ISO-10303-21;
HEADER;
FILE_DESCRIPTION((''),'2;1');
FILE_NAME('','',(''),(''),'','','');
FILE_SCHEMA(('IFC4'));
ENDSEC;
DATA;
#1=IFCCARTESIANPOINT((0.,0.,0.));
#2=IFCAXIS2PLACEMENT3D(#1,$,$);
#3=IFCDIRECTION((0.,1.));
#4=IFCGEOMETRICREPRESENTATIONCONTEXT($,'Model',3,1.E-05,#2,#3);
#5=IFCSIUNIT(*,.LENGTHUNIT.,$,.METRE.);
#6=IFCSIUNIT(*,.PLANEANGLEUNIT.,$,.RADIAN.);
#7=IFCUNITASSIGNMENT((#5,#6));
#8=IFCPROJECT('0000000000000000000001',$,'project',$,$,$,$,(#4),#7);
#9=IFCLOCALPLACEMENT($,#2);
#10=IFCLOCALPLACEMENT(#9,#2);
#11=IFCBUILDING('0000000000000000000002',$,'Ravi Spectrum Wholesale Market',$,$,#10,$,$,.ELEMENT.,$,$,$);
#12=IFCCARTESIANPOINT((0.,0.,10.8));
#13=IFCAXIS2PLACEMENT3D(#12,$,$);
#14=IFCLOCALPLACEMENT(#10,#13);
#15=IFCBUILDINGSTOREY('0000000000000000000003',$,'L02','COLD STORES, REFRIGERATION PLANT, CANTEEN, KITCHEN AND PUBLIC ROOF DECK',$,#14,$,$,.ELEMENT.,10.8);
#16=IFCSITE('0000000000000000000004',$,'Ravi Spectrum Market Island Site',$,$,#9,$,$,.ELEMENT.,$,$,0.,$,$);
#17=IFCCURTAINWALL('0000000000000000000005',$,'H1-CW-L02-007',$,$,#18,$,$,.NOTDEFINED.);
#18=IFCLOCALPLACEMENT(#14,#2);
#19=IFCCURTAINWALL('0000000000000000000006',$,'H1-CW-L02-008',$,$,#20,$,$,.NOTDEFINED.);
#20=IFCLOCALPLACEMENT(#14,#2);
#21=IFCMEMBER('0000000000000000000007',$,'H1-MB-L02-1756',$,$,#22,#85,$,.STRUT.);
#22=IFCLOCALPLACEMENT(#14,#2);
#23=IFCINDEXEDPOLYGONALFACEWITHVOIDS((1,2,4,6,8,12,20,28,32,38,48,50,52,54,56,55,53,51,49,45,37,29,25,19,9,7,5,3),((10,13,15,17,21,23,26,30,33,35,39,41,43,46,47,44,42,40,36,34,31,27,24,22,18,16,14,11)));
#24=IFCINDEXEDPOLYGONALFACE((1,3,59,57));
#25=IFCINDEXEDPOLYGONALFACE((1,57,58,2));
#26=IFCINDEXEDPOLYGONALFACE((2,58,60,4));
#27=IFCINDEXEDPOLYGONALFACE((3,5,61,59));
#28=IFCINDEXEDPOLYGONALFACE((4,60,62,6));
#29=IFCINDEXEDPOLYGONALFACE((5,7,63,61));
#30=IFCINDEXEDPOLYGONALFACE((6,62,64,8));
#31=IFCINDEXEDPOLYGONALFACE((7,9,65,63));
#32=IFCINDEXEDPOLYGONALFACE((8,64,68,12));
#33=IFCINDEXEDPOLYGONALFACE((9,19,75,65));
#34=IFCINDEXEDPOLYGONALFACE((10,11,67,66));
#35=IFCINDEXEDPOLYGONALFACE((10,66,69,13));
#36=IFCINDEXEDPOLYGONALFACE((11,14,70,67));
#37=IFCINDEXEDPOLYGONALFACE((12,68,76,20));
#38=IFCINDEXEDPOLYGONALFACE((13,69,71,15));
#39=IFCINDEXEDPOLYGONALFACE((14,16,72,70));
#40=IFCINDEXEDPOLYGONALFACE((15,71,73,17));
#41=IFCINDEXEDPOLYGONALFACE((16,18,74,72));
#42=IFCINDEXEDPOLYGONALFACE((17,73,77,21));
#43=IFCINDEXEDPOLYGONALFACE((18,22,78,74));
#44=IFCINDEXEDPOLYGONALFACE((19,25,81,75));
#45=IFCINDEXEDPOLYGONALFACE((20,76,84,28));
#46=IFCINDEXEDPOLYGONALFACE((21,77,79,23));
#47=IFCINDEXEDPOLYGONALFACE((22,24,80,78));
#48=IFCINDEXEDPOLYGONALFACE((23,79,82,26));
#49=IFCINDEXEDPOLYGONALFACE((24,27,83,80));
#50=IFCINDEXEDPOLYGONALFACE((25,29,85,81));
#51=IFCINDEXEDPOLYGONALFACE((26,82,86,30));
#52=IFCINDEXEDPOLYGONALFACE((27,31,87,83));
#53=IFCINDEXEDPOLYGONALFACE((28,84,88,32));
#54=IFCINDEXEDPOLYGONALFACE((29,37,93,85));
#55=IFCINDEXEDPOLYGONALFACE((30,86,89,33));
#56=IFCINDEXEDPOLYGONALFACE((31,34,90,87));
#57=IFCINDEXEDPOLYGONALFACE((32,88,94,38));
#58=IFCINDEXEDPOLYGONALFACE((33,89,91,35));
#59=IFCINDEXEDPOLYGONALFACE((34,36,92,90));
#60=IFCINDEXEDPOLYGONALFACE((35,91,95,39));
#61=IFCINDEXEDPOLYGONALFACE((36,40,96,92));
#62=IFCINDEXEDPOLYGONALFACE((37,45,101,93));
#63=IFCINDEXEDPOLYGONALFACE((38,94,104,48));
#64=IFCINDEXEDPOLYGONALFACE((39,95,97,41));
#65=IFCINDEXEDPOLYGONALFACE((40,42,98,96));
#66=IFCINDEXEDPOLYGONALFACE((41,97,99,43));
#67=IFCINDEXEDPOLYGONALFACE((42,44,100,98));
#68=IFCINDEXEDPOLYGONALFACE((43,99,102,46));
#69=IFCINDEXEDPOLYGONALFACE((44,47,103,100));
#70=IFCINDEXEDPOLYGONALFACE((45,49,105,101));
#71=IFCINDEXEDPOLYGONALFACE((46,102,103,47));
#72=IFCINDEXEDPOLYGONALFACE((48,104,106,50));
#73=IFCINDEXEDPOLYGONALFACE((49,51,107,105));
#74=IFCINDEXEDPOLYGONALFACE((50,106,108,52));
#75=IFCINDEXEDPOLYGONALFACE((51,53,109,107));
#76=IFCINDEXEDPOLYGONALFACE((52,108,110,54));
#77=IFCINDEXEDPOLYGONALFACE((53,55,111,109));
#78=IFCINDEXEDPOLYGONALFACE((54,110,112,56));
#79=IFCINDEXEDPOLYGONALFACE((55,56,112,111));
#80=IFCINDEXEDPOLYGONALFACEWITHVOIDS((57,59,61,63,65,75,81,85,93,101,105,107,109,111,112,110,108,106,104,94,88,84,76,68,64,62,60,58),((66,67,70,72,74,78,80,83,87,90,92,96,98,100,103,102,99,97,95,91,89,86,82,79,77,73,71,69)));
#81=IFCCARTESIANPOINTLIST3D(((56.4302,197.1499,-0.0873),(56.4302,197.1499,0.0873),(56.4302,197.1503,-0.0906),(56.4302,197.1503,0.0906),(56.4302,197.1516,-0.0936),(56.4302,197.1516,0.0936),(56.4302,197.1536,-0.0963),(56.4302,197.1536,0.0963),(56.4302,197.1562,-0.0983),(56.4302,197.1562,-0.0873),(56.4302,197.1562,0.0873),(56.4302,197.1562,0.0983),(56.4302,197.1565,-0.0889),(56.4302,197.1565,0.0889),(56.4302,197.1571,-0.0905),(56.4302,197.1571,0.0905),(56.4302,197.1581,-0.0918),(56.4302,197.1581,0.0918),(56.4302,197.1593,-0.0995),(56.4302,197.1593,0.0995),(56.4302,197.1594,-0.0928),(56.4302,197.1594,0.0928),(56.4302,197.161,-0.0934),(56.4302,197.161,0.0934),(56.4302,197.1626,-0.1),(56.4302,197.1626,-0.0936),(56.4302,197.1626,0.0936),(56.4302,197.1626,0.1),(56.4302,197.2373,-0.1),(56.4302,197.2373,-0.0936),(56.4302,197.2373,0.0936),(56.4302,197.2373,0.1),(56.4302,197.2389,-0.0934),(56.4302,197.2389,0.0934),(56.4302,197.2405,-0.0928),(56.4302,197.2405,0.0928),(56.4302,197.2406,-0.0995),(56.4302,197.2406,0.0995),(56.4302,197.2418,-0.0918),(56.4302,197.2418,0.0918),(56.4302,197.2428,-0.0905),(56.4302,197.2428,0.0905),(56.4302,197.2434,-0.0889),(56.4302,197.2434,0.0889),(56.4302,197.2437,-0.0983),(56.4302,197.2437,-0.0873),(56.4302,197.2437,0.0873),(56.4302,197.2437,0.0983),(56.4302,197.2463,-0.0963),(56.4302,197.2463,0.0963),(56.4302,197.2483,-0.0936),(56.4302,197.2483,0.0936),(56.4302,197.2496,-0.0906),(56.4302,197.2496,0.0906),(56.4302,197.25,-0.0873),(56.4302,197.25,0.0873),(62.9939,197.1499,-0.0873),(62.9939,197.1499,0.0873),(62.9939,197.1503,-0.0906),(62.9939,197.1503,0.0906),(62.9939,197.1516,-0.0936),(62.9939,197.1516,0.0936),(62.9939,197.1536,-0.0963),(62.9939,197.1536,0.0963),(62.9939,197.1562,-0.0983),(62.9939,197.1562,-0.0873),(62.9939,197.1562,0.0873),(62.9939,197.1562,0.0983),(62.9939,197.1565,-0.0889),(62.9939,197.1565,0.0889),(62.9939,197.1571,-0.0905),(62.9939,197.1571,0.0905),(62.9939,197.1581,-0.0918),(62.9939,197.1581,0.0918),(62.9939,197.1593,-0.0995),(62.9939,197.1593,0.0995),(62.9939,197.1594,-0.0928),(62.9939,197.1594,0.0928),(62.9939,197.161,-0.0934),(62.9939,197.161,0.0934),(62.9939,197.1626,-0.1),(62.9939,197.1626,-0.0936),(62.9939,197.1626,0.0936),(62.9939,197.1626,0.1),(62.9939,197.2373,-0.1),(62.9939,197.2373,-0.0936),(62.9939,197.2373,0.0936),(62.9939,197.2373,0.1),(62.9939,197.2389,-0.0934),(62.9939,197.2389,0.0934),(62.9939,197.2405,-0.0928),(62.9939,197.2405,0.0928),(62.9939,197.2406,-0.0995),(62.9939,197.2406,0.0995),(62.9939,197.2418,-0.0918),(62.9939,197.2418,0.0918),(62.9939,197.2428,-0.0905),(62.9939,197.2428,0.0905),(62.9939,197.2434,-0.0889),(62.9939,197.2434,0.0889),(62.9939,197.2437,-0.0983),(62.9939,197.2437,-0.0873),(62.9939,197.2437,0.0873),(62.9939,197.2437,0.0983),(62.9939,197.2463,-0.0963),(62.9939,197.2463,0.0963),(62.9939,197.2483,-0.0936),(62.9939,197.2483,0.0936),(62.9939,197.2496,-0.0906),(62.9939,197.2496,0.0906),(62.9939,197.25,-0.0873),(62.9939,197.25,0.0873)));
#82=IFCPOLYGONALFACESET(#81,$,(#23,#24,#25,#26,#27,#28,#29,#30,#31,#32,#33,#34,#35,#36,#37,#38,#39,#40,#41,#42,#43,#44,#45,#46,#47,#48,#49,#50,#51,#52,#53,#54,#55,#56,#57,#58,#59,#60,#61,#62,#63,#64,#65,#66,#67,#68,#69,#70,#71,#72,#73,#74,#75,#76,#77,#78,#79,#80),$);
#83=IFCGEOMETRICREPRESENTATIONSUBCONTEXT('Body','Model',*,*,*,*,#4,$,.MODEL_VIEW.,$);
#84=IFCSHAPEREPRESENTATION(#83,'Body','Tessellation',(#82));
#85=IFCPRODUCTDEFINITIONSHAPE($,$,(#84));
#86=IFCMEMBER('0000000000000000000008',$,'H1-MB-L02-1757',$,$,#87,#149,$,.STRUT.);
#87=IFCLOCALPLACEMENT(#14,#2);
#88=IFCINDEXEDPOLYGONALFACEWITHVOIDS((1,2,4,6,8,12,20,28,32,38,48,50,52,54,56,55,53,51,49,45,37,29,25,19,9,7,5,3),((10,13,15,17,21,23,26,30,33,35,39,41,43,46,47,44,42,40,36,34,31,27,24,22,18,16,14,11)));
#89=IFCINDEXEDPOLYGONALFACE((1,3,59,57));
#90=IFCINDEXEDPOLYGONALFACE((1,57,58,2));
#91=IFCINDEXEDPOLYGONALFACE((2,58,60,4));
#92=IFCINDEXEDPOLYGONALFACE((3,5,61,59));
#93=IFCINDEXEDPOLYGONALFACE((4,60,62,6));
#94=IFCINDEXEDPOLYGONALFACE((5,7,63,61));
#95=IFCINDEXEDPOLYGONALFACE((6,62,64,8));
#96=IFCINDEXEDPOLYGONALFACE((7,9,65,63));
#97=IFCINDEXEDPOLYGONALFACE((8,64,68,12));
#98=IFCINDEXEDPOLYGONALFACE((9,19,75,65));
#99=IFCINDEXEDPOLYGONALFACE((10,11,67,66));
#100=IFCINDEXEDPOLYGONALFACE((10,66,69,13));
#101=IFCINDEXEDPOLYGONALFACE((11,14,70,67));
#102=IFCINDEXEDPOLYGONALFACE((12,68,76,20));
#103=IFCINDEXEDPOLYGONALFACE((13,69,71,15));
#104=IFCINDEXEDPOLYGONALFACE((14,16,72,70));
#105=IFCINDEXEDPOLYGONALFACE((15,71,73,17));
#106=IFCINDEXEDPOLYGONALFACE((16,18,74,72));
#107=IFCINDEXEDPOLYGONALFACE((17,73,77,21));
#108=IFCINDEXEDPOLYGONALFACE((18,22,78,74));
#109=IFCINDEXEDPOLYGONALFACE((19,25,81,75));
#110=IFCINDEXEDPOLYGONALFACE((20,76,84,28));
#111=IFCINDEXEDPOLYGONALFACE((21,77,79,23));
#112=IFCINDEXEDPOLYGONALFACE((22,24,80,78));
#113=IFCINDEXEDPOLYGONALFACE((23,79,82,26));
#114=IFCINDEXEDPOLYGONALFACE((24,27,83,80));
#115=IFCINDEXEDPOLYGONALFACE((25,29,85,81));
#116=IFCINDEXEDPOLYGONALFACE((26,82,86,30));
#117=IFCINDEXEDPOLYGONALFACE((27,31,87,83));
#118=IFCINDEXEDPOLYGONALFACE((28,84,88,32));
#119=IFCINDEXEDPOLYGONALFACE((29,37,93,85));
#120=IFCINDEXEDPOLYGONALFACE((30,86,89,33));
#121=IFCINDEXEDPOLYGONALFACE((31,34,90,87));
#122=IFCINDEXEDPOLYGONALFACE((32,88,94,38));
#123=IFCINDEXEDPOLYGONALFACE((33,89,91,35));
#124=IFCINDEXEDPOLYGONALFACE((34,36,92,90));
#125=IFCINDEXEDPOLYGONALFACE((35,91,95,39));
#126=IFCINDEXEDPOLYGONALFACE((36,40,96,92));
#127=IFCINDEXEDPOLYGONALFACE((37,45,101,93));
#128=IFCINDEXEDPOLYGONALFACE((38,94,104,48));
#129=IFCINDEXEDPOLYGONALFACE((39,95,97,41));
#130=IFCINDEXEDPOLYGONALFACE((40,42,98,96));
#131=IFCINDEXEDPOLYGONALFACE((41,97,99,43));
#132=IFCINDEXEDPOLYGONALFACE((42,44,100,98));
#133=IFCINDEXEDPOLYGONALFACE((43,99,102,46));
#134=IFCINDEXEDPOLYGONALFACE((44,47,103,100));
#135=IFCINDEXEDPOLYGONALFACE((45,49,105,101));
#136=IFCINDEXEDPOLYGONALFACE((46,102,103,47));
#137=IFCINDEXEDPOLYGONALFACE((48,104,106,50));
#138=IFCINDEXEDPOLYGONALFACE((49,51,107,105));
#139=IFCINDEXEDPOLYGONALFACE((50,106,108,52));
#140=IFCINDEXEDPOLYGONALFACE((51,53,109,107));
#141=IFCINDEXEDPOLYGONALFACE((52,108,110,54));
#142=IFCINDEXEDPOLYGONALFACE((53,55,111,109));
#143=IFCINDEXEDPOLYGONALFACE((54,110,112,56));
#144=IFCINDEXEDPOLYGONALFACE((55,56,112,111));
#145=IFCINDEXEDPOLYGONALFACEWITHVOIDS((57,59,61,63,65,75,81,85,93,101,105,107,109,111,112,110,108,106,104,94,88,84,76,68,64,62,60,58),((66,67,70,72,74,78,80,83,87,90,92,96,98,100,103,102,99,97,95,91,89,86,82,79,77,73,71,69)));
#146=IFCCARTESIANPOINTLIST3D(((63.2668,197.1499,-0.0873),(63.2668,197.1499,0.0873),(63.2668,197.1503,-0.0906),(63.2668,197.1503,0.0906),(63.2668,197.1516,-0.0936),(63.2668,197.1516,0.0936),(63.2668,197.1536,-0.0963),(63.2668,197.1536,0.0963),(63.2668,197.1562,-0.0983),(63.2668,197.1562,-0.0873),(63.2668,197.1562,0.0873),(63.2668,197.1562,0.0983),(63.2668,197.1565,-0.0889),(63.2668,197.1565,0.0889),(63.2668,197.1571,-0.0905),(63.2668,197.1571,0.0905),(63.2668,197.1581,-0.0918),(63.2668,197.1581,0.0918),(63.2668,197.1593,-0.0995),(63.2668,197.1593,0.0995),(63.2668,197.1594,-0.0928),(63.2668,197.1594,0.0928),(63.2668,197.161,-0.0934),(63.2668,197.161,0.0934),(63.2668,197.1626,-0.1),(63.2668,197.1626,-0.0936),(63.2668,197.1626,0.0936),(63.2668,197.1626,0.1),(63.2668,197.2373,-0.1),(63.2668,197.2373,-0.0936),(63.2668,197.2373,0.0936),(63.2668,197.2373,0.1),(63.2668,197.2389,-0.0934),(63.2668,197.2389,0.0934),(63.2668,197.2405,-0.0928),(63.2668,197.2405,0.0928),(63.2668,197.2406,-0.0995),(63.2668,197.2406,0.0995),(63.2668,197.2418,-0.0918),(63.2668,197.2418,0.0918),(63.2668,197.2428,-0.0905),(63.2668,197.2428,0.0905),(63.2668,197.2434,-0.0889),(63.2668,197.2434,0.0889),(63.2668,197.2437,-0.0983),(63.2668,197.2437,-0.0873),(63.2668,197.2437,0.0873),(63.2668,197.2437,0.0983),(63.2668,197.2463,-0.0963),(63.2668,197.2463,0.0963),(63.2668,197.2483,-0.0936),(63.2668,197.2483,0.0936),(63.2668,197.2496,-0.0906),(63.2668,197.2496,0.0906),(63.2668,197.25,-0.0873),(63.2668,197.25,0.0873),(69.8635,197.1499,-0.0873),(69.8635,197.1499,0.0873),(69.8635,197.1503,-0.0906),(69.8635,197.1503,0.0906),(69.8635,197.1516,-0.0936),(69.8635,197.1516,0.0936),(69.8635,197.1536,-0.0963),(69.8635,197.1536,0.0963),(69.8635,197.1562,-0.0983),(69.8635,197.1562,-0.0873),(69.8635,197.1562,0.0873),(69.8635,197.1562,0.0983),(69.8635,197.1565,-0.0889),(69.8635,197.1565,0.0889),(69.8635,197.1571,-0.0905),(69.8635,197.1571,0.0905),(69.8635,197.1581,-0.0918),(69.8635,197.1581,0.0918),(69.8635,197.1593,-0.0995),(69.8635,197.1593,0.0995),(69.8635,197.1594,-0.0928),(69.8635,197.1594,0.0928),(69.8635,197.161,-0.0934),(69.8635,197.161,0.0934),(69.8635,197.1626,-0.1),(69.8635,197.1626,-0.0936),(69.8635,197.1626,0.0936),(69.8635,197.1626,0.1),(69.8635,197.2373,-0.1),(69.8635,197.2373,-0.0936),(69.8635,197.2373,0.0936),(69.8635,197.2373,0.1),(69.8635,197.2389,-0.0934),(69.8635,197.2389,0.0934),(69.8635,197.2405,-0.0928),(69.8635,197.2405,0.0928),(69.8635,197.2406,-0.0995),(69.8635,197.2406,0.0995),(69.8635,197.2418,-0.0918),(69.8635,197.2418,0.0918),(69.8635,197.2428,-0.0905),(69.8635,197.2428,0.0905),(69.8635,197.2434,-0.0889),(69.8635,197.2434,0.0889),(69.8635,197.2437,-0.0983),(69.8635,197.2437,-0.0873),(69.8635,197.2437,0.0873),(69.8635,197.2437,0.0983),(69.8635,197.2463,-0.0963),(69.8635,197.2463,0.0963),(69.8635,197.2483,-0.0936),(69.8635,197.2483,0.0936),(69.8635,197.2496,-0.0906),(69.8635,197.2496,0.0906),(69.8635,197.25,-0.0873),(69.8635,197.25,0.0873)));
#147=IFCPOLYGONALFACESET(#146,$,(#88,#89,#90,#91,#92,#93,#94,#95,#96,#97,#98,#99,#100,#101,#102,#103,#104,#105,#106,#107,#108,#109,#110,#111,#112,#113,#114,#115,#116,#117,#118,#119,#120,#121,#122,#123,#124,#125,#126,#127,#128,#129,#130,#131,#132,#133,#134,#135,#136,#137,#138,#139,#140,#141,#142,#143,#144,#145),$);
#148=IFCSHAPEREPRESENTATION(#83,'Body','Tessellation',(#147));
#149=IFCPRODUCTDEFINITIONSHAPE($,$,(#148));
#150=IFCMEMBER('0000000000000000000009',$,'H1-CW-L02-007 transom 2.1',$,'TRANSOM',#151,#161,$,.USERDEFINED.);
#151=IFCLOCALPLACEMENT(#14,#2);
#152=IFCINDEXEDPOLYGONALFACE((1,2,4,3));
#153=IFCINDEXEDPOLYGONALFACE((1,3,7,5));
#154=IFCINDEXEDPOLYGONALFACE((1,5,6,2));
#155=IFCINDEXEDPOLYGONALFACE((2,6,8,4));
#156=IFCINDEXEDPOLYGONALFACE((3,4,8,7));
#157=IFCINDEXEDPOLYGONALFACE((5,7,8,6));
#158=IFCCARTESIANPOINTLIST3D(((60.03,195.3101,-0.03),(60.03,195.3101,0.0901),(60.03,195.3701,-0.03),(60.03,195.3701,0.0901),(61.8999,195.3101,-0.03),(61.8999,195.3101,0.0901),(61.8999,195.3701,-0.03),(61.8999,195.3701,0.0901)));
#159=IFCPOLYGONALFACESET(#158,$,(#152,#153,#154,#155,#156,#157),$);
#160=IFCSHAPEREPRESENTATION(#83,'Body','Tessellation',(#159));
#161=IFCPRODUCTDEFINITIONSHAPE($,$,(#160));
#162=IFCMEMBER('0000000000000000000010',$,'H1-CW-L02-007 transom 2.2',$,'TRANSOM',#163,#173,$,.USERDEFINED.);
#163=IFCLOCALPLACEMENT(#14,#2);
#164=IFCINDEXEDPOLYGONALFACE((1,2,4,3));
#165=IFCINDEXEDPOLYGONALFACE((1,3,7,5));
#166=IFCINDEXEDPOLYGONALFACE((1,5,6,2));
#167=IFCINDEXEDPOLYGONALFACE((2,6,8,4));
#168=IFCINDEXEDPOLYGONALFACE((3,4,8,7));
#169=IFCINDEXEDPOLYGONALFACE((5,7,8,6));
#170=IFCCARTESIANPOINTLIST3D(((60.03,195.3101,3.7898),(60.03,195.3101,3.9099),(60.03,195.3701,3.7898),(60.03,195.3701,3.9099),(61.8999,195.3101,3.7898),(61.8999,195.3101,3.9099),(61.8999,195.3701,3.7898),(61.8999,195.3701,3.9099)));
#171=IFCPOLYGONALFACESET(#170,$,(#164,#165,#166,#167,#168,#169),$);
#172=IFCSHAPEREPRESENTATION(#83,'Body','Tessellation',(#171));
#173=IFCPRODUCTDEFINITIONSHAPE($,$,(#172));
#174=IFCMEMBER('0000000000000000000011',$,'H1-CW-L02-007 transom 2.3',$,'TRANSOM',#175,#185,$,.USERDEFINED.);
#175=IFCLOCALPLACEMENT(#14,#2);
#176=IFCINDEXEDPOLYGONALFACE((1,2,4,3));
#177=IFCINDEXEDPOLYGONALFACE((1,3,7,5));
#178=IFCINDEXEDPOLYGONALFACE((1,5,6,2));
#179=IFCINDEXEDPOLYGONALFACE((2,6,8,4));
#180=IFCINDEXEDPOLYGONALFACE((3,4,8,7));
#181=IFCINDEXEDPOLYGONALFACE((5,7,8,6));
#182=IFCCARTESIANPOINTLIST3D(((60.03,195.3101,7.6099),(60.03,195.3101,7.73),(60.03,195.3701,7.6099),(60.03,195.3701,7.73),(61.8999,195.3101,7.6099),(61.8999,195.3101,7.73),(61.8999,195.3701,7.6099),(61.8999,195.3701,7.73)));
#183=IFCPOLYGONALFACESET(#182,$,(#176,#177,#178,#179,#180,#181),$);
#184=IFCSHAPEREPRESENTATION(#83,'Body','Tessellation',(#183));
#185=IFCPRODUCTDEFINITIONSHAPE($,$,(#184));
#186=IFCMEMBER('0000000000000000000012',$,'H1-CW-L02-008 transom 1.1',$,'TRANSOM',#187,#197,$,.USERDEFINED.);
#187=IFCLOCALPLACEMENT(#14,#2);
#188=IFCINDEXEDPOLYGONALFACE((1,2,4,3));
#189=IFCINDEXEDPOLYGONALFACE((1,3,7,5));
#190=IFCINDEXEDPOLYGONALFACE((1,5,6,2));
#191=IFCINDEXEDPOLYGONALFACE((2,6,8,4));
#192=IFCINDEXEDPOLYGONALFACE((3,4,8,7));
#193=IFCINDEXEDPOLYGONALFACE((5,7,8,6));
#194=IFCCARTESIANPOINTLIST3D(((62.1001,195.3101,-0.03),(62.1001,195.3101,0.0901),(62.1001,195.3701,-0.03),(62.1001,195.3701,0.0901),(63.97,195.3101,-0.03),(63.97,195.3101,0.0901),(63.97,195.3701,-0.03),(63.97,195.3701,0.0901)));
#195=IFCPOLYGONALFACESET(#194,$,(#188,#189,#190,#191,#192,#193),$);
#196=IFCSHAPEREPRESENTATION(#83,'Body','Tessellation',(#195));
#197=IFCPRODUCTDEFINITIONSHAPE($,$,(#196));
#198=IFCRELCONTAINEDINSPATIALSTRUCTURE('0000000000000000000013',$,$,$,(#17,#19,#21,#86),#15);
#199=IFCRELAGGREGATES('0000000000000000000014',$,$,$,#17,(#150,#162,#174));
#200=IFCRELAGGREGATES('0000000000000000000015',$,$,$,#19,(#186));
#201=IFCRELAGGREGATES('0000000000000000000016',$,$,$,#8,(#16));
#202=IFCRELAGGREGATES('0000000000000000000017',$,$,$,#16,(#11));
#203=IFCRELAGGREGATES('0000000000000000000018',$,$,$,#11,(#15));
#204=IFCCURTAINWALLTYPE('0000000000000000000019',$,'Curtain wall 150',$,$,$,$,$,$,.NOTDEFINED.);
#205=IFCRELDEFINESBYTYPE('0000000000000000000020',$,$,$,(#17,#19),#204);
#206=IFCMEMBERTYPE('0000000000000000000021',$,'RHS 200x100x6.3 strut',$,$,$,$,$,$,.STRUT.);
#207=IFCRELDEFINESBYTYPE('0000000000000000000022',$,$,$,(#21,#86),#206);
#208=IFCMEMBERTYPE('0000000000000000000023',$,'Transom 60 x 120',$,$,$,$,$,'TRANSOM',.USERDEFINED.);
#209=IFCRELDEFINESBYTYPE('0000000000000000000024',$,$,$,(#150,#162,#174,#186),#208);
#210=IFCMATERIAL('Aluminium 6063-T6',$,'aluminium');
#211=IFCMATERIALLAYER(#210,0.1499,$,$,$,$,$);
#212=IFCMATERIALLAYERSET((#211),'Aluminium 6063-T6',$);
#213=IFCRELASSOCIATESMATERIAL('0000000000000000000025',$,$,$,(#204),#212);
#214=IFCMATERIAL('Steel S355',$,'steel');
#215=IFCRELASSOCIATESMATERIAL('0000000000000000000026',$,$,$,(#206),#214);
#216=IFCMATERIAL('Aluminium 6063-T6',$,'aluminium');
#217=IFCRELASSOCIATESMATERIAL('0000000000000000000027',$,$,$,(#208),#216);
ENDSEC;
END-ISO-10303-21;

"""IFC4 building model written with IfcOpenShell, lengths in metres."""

from ifc_helpers import new_model, si_unit, direction, frame, origin, origin_2d, place, context, subcontext, project, spatial, rectangle, hollow_rectangle, extrude, material, layer, layer_set, material_profile, profile_set, type_object, element, aggregate, save


model = new_model("IFC4")

# Units and contexts
model_context = context("Model", 3, precision=1e-05, world=origin(), true_north=direction((0.0, 1.0)))
body_context = subcontext(model_context, "Body", "Model", "MODEL_VIEW")
ifc_project = project(units=[si_unit("LENGTHUNIT", "METRE"), si_unit("PLANEANGLEUNIT", "RADIAN")], contexts=[model_context])

# Site, building, storey
site_placement = place(None, origin())
site = spatial("IfcSite", under=ifc_project, at=site_placement, Name="Ravi Spectrum Market Island Site", CompositionType="ELEMENT", RefElevation=0.0)
building_placement = place(site_placement, origin())
building = spatial("IfcBuilding", under=site, at=building_placement, Name="Ravi Spectrum Wholesale Market", CompositionType="ELEMENT")
storey_placement = place(building_placement, frame((0.0, 0.0, 10.8)))
storey = spatial("IfcBuildingStorey", under=building, at=storey_placement, Name="L02", Description="COLD STORES, REFRIGERATION PLANT, CANTEEN, KITCHEN AND PUBLIC ROOF DECK", CompositionType="ELEMENT", Elevation=10.8)

# Curtain walls
ifc_material_1 = material(Name="Aluminium 6063-T6", Category="aluminium")
ifc_layer_1 = layer(ifc_material_1, 0.1499)
ifc_layer_set_1 = layer_set([ifc_layer_1], Name="Aluminium 6063-T6")
curtain_wall_type = type_object("IfcCurtainWallType", Name="Curtain wall 150", PredefinedType="NOTDEFINED", material=ifc_layer_set_1)
curtain_wall_1_placement = place(storey_placement, origin())
curtain_wall_1 = element("IfcCurtainWall", 1, at=curtain_wall_1_placement, inside=storey, type_object=curtain_wall_type, Name="H1-CW-L02-007", PredefinedType="NOTDEFINED")
curtain_wall_2_placement = place(storey_placement, origin())
curtain_wall_2 = element("IfcCurtainWall", 2, at=curtain_wall_2_placement, inside=storey, type_object=curtain_wall_type, Name="H1-CW-L02-008", PredefinedType="NOTDEFINED")

# Members
ifc_material_2 = material(Name="Steel S355", Category="steel")
ifc_material_profile_1 = material_profile(ifc_material_2, hollow_rectangle(XDim=0.1001, YDim=0.2, WallThickness=0.0063, InnerFilletRadius=0.0063, OuterFilletRadius=0.0127, at=origin_2d()))
ifc_profile_set_1 = profile_set([ifc_material_profile_1], Name="Steel S355")
member_type_1 = type_object("IfcMemberType", Name="RHS 200x100x6.3 strut", PredefinedType="STRUT", material=ifc_profile_set_1)
member_1_placement = place(storey_placement, frame((56.4302, 197.2, 0.0), z_axis=(1.0, 0.0, 0.0), x_axis=(0.0, 1.0, 0.0)))
element("IfcMember", 3, at=member_1_placement, inside=storey, type_object=member_type_1, Name="H1-MB-L02-1756", PredefinedType="STRUT", context=body_context, shape_type="SweptSolid", body=[
    extrude(hollow_rectangle(XDim=0.1001, YDim=0.2, WallThickness=0.0063, InnerFilletRadius=0.0063, OuterFilletRadius=0.0127, at=origin_2d()), origin(), (0.0, 0.0, 1.0), 6.5637),
])
member_2_placement = place(storey_placement, frame((63.2668, 197.2, 0.0), z_axis=(1.0, 0.0, 0.0), x_axis=(0.0, 1.0, 0.0)))
element("IfcMember", 4, at=member_2_placement, inside=storey, type_object=member_type_1, Name="H1-MB-L02-1757", PredefinedType="STRUT", context=body_context, shape_type="SweptSolid", body=[
    extrude(hollow_rectangle(XDim=0.1001, YDim=0.2, WallThickness=0.0063, InnerFilletRadius=0.0063, OuterFilletRadius=0.0127, at=origin_2d()), origin(), (0.0, 0.0, 1.0), 6.5967),
])

# Members
ifc_material_3 = material(Name="Aluminium 6063-T6", Category="aluminium")
ifc_material_profile_2 = material_profile(ifc_material_3, rectangle(XDim=0.0601, YDim=0.1201, at=origin_2d()))
ifc_profile_set_2 = profile_set([ifc_material_profile_2], Name="Aluminium 6063-T6")
member_type_2 = type_object("IfcMemberType", Name="Transom 60 x 120", ElementType="TRANSOM", PredefinedType="USERDEFINED", material=ifc_profile_set_2)
member_3_placement = place(storey_placement, frame((60.03, 195.3401, 0.03), z_axis=(1.0, 0.0, 0.0), x_axis=(0.0, 1.0, 0.0)))
member_3 = element("IfcMember", 5, at=member_3_placement, type_object=member_type_2, Name="H1-CW-L02-007 transom 2.1", ObjectType="TRANSOM", PredefinedType="USERDEFINED", context=body_context, shape_type="SweptSolid", body=[
    extrude(rectangle(XDim=0.0601, YDim=0.1201, at=origin_2d()), origin(), (0.0, 0.0, 1.0), 1.8699),
])
member_4_placement = place(storey_placement, frame((60.03, 195.3401, 3.8499), z_axis=(1.0, 0.0, 0.0), x_axis=(0.0, 1.0, 0.0)))
member_4 = element("IfcMember", 6, at=member_4_placement, type_object=member_type_2, Name="H1-CW-L02-007 transom 2.2", ObjectType="TRANSOM", PredefinedType="USERDEFINED", context=body_context, shape_type="SweptSolid", body=[
    extrude(rectangle(XDim=0.0601, YDim=0.1201, at=origin_2d()), origin(), (0.0, 0.0, 1.0), 1.8699),
])
member_5_placement = place(storey_placement, frame((60.03, 195.3401, 7.6699), z_axis=(1.0, 0.0, 0.0), x_axis=(0.0, 1.0, 0.0)))
member_5 = element("IfcMember", 7, at=member_5_placement, type_object=member_type_2, Name="H1-CW-L02-007 transom 2.3", ObjectType="TRANSOM", PredefinedType="USERDEFINED", context=body_context, shape_type="SweptSolid", body=[
    extrude(rectangle(XDim=0.0601, YDim=0.1201, at=origin_2d()), origin(), (0.0, 0.0, 1.0), 1.8699),
])
member_6_placement = place(storey_placement, frame((62.1001, 195.3401, 0.03), z_axis=(1.0, 0.0, 0.0), x_axis=(0.0, 1.0, 0.0)))
member_6 = element("IfcMember", 8, at=member_6_placement, type_object=member_type_2, Name="H1-CW-L02-008 transom 1.1", ObjectType="TRANSOM", PredefinedType="USERDEFINED", context=body_context, shape_type="SweptSolid", body=[
    extrude(rectangle(XDim=0.0601, YDim=0.1201, at=origin_2d()), origin(), (0.0, 0.0, 1.0), 1.8699),
])

aggregate(curtain_wall_1, [member_3, member_4, member_5])
aggregate(curtain_wall_2, [member_6])

save(model, "model.ifc")
